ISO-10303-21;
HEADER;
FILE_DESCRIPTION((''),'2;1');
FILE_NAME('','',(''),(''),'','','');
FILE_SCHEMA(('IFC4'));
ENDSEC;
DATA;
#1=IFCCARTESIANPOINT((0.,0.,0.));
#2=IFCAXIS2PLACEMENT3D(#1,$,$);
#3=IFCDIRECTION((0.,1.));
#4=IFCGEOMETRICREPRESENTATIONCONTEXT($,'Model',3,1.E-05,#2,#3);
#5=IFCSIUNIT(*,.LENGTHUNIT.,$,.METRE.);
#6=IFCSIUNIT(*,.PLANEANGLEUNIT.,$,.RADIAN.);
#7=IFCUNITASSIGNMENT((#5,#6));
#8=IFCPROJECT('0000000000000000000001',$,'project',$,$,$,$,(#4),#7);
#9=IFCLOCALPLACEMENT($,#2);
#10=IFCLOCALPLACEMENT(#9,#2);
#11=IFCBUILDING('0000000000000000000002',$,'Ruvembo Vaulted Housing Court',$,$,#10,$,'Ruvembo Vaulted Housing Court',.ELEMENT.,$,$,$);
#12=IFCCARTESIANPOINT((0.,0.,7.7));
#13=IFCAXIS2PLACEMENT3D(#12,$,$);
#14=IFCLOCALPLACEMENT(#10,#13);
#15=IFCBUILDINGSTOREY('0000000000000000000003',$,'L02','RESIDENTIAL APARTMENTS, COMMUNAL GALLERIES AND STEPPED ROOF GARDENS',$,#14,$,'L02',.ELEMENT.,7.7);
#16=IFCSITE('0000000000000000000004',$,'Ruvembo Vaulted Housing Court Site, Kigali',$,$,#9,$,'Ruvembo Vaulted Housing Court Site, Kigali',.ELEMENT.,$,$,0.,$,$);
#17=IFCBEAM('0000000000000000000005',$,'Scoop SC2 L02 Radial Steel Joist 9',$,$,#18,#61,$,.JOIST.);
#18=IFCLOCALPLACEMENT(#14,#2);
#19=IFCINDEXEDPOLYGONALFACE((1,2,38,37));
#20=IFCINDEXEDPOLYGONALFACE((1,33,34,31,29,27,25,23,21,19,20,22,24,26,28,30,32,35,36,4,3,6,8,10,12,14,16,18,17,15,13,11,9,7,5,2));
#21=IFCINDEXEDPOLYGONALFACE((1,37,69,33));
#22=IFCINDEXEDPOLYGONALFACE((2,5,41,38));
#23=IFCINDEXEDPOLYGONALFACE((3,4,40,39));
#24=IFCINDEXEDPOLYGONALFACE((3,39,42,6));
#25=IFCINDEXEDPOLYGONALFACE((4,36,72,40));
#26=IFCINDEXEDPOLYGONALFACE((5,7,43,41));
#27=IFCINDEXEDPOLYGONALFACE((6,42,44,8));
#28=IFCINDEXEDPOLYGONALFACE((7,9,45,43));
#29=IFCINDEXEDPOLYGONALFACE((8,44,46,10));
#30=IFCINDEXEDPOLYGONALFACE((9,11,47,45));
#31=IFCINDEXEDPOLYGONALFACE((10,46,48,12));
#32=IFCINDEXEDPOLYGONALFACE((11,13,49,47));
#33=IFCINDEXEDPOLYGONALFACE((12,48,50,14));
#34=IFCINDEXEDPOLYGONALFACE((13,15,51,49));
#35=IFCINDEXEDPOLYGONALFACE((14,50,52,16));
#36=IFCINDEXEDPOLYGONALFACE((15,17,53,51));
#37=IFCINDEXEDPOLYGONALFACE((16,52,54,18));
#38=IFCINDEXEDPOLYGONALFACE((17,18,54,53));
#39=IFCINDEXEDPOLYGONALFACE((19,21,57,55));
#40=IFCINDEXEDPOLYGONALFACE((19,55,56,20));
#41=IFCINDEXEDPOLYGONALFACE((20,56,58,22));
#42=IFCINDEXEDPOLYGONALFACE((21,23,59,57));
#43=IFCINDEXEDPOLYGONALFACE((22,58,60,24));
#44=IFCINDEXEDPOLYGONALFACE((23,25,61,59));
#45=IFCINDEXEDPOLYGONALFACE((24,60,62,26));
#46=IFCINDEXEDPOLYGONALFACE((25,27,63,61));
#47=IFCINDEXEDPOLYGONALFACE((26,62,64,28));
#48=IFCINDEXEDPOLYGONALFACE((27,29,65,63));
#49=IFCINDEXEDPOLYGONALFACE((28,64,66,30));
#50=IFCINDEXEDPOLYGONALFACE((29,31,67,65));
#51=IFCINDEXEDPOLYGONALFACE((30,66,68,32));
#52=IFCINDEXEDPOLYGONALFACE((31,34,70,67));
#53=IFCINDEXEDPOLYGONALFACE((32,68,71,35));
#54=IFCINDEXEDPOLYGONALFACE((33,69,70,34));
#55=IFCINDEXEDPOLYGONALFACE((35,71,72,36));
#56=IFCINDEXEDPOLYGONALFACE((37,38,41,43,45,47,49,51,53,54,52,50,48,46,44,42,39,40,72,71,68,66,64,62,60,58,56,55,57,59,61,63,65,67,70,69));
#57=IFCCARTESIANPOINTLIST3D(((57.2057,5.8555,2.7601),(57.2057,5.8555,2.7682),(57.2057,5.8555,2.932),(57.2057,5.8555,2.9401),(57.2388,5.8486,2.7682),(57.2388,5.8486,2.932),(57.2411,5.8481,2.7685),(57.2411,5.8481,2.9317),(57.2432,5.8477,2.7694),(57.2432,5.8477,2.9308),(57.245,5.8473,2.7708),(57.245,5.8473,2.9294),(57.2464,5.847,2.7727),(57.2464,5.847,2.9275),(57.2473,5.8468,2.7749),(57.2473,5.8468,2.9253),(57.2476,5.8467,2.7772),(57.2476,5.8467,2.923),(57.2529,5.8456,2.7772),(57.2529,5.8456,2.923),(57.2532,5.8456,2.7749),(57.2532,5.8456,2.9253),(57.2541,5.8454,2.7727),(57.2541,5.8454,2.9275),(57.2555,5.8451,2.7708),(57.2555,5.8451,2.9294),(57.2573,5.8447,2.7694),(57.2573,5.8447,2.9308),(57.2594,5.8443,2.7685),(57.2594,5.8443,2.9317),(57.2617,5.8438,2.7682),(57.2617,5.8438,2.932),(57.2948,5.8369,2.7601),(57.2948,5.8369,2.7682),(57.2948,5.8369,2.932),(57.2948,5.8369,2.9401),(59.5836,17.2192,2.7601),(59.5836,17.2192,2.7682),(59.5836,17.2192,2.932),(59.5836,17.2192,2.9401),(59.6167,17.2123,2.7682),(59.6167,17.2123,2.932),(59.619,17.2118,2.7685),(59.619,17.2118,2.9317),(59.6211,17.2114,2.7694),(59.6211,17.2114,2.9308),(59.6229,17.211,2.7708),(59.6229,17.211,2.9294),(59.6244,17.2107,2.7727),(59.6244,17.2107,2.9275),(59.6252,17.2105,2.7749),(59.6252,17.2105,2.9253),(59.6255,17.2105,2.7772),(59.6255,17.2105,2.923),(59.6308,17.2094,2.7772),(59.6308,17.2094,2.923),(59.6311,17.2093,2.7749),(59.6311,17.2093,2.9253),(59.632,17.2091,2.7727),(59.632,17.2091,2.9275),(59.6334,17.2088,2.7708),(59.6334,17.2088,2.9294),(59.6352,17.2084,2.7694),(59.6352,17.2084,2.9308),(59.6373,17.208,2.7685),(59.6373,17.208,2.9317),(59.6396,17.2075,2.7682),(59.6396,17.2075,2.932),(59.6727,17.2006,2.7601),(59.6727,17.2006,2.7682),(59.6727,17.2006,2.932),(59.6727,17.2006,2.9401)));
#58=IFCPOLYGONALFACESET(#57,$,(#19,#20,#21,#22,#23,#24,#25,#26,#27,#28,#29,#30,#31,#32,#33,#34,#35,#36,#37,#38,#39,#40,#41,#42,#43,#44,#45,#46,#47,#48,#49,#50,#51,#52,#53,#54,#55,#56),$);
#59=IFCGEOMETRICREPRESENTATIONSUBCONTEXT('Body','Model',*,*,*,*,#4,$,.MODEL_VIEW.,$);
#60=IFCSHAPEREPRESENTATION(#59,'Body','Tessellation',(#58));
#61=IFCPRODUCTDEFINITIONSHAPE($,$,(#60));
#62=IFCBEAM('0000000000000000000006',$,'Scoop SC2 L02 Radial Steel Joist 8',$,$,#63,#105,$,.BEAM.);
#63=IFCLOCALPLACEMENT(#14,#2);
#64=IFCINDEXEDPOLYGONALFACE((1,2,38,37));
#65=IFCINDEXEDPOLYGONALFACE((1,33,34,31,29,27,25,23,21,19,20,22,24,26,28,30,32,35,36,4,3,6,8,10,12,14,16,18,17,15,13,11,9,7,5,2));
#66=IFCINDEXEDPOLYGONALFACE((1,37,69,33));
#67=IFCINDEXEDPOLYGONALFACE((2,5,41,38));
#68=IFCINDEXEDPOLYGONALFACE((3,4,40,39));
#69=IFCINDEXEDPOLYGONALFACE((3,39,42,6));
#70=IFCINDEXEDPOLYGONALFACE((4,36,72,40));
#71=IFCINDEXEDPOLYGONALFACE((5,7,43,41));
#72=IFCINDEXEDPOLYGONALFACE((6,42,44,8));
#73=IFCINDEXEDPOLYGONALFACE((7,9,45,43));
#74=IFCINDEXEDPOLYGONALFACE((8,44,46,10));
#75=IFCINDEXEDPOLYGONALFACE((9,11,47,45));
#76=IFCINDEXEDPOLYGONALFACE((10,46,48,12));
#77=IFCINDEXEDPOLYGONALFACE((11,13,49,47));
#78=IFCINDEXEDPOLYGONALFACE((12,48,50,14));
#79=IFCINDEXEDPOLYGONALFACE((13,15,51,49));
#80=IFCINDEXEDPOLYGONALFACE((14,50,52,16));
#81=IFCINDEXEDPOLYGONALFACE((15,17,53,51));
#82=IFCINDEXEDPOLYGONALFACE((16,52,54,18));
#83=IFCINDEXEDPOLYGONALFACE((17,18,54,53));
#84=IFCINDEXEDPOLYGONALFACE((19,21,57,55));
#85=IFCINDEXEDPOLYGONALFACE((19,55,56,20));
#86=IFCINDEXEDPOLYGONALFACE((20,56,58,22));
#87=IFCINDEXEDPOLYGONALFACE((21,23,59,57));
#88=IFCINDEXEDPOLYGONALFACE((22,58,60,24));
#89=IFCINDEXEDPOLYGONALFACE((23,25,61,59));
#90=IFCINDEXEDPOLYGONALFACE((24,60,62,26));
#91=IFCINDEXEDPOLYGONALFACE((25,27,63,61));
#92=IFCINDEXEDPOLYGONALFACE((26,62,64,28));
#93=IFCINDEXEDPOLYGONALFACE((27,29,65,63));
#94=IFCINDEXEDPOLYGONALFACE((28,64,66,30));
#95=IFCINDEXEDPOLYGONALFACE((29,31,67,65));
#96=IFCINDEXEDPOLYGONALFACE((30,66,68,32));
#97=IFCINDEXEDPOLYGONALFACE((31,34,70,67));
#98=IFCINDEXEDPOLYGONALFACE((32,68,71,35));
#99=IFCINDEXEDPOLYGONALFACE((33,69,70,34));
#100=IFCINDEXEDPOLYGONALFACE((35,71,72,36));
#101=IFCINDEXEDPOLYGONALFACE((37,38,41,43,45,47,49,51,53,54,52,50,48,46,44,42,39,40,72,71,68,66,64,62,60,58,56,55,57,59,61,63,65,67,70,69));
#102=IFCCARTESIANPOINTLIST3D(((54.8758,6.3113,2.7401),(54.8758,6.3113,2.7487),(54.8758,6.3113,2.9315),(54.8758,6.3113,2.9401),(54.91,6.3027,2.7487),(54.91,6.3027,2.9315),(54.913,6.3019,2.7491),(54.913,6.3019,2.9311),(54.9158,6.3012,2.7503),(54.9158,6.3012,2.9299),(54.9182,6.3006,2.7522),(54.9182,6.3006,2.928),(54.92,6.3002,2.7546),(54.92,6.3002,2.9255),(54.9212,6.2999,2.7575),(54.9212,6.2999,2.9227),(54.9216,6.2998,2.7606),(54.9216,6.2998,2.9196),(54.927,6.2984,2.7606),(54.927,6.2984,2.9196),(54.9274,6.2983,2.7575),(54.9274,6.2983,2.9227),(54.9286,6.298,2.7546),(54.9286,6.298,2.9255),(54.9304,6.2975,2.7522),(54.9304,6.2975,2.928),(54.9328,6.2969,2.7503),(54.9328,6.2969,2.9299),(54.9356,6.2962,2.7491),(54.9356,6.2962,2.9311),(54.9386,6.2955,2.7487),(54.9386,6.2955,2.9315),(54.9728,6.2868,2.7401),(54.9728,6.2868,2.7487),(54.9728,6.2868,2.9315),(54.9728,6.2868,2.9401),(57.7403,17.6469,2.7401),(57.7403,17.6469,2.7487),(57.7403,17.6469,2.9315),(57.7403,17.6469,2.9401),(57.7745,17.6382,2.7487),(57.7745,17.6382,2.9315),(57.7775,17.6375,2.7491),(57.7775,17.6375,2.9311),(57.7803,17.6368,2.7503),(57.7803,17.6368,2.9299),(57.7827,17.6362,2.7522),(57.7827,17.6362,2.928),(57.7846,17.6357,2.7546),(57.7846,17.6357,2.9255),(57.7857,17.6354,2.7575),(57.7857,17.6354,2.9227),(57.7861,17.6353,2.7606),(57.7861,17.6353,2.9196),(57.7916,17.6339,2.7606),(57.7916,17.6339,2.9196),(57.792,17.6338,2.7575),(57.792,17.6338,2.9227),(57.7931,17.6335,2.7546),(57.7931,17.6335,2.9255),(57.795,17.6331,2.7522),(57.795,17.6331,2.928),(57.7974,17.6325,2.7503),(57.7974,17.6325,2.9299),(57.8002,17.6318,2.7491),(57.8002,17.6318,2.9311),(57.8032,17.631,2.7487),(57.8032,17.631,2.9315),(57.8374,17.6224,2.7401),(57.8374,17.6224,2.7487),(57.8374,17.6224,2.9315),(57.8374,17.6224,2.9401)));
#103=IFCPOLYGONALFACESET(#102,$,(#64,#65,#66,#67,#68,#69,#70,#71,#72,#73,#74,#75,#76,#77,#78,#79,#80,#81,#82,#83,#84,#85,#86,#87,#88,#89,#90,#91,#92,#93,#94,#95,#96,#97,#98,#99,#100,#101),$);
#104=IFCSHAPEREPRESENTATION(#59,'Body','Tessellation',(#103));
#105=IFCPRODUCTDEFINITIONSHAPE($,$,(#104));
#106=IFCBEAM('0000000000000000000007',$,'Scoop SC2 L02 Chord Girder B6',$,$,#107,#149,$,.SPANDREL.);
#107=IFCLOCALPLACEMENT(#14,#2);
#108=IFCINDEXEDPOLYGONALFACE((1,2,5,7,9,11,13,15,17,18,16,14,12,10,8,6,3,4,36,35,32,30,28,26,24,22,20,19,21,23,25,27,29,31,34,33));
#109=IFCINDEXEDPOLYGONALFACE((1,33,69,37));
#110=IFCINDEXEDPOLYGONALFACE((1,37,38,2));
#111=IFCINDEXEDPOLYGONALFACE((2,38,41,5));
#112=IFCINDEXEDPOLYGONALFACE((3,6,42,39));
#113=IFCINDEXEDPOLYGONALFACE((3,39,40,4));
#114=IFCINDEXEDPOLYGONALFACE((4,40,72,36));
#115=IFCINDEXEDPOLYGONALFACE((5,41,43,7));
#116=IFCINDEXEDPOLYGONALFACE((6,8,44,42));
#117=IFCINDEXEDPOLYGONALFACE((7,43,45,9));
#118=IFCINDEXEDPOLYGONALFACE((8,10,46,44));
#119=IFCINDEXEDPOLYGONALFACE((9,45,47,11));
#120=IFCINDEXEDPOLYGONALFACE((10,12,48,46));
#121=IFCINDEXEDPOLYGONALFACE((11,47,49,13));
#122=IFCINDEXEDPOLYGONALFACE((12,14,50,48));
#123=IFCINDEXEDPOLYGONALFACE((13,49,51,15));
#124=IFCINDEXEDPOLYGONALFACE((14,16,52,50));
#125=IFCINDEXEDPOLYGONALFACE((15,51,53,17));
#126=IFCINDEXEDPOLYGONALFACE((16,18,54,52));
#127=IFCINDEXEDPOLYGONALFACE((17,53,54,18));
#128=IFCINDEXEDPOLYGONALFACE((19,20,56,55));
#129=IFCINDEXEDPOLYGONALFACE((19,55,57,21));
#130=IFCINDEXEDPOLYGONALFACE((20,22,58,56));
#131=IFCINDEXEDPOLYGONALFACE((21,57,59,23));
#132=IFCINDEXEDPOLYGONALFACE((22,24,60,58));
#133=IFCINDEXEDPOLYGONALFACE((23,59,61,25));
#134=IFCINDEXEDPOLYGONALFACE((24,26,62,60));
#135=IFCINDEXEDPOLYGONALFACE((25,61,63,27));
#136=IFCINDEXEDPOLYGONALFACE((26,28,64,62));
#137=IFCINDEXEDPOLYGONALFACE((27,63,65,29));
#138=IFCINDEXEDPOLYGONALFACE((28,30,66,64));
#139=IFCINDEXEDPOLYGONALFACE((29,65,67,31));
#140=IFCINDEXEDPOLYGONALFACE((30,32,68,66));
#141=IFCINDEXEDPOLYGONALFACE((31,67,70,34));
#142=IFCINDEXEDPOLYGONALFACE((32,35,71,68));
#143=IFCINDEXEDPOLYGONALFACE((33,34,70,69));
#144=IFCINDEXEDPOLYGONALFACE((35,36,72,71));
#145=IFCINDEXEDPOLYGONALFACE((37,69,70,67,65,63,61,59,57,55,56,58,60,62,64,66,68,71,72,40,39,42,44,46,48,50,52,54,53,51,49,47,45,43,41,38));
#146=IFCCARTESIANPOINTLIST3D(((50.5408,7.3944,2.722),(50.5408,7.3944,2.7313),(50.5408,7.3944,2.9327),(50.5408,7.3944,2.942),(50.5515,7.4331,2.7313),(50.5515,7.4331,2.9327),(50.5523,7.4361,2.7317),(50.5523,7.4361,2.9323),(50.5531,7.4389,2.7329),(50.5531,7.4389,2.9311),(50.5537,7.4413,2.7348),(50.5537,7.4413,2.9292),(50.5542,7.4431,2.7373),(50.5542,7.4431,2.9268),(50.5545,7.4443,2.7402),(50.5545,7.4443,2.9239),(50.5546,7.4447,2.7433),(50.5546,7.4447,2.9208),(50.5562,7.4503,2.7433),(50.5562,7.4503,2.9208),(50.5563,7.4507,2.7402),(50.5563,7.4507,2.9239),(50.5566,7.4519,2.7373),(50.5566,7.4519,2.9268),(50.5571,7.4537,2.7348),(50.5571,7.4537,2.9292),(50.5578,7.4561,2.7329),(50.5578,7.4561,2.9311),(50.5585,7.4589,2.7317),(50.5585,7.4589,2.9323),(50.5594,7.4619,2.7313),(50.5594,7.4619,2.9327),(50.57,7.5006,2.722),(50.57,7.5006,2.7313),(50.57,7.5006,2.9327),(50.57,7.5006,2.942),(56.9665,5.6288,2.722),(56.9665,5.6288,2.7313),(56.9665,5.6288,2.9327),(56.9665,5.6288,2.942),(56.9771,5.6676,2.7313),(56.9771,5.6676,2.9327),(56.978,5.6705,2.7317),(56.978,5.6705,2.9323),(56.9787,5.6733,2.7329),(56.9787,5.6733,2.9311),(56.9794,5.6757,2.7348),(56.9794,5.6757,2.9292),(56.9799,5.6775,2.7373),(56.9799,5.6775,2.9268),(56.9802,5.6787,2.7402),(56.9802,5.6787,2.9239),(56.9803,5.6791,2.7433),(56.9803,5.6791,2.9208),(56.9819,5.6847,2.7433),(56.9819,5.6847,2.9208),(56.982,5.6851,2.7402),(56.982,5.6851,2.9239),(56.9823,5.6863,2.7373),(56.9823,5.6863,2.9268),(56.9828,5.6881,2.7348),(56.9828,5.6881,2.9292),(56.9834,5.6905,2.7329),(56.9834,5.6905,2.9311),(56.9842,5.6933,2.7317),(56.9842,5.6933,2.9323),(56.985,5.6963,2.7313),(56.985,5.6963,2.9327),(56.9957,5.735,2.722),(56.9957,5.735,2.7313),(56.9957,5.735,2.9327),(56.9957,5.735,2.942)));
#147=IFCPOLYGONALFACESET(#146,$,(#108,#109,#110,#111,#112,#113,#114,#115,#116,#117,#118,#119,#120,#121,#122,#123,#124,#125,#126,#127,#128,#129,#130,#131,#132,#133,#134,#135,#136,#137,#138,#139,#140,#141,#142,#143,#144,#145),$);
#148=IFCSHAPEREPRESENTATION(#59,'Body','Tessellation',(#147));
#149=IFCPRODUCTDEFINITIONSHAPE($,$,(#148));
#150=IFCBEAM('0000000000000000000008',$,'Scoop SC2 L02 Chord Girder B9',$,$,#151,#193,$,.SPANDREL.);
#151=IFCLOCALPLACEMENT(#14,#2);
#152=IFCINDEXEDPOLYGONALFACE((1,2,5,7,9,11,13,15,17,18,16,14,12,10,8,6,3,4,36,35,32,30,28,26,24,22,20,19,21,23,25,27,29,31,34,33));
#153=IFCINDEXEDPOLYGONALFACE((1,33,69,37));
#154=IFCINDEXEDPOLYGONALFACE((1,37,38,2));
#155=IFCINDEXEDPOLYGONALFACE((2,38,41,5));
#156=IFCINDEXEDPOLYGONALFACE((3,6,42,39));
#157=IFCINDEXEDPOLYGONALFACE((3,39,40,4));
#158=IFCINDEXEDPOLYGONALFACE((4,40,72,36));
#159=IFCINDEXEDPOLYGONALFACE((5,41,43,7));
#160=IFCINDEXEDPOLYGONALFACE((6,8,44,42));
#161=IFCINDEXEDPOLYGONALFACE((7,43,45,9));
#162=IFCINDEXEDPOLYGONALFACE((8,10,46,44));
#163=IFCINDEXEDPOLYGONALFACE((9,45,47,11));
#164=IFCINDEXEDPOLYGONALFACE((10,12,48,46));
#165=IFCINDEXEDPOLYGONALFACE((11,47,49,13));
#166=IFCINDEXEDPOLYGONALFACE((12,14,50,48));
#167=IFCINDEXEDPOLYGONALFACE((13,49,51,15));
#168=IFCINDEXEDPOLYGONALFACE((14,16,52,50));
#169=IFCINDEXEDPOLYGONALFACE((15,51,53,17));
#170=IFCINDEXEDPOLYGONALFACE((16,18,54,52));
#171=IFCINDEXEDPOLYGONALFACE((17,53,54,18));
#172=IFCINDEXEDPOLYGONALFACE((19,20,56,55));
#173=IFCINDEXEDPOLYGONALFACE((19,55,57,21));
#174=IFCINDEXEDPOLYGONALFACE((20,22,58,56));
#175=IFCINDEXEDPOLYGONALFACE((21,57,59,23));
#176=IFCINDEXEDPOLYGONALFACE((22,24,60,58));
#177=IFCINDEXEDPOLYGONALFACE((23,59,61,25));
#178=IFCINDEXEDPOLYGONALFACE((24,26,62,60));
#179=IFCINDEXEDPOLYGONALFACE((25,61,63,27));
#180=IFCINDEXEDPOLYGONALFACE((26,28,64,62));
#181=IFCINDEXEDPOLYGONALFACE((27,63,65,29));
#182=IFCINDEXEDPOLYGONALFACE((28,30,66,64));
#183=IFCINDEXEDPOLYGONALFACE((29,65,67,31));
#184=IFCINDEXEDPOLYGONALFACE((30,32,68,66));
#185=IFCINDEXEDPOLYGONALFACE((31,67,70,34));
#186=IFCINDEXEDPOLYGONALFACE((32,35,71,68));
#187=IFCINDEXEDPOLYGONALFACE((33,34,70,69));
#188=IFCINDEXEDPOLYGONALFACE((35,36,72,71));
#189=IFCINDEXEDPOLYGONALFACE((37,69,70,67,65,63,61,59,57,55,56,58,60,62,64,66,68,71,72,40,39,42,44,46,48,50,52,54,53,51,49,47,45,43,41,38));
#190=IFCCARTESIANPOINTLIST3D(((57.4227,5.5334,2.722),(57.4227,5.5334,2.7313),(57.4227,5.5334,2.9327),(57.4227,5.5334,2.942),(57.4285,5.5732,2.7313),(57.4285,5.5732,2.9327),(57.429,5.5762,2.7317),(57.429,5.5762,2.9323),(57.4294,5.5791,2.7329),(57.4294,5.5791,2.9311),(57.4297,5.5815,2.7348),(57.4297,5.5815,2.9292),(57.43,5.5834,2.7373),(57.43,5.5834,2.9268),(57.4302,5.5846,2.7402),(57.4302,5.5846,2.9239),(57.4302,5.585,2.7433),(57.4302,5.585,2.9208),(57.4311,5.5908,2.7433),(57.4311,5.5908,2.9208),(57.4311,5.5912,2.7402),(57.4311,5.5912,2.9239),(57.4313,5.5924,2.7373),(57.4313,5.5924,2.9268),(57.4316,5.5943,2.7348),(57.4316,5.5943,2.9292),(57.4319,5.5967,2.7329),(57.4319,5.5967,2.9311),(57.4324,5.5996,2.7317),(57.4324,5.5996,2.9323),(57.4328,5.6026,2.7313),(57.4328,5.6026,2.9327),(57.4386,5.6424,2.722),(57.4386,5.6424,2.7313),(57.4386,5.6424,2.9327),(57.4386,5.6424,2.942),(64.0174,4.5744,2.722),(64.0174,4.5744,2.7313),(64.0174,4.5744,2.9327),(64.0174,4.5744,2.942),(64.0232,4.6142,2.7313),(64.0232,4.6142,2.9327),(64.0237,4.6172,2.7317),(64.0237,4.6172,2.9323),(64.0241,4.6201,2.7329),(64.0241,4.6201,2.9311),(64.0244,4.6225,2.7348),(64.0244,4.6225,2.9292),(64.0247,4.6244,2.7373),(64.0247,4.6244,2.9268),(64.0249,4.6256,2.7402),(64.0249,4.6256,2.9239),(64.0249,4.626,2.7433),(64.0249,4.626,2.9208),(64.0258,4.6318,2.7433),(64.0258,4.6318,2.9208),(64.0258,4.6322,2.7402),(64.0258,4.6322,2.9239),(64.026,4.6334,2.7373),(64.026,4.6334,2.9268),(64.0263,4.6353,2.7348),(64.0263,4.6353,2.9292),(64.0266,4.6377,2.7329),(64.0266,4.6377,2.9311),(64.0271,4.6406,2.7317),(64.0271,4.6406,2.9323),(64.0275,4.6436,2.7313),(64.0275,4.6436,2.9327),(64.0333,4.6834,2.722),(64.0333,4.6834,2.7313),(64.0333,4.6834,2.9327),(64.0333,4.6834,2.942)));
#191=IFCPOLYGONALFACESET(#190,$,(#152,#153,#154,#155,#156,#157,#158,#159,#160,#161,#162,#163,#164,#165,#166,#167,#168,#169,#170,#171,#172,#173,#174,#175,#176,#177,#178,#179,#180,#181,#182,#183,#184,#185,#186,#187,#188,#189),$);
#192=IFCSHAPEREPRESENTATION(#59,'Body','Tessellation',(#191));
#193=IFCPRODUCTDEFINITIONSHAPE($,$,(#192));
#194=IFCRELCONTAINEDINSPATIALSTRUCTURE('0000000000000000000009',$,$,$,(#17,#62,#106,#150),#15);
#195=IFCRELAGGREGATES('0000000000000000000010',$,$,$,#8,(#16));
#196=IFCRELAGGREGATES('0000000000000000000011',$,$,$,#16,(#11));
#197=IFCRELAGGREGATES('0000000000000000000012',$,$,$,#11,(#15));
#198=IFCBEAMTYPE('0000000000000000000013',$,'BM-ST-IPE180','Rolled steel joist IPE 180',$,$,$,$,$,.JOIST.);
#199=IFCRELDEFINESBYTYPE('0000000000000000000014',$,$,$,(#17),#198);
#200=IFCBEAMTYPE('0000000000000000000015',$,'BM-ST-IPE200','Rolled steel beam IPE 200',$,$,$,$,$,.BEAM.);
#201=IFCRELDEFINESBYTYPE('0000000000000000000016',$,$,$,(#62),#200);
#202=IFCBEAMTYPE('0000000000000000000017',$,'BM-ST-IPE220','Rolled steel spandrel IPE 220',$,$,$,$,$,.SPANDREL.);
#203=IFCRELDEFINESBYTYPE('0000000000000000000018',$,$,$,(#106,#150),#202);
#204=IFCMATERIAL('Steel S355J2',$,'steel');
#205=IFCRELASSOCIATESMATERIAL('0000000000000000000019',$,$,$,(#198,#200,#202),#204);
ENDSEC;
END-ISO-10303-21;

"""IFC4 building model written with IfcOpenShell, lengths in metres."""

from ifc_helpers import new_model, si_unit, direction, frame, origin, origin_2d, place, context, subcontext, project, spatial, i_section, extrude, material, material_profile, profile_set, type_object, element, save


model = new_model("IFC4")

# Units and contexts
model_context = context("Model", 3, precision=1e-05, world=origin(), true_north=direction((0.0, 1.0)))
body_context = subcontext(model_context, "Body", "Model", "MODEL_VIEW")
ifc_project = project(units=[si_unit("LENGTHUNIT", "METRE"), si_unit("PLANEANGLEUNIT", "RADIAN")], contexts=[model_context])

# Site, building, storey
site_placement = place(None, origin())
site = spatial("IfcSite", under=ifc_project, at=site_placement, Name="Ruvembo Vaulted Housing Court Site, Kigali", LongName="Ruvembo Vaulted Housing Court Site, Kigali", CompositionType="ELEMENT", RefElevation=0.0)
building_placement = place(site_placement, origin())
building = spatial("IfcBuilding", under=site, at=building_placement, Name="Ruvembo Vaulted Housing Court", LongName="Ruvembo Vaulted Housing Court", CompositionType="ELEMENT")
storey_placement = place(building_placement, frame((0.0, 0.0, 7.7)))
storey = spatial("IfcBuildingStorey", under=building, at=storey_placement, Name="L02", Description="RESIDENTIAL APARTMENTS, COMMUNAL GALLERIES AND STEPPED ROOF GARDENS", LongName="L02", CompositionType="ELEMENT", Elevation=7.7)

# Beams
ifc_material_1 = material(Name="Steel S355J2", Category="steel")
ifc_material_profile_1 = material_profile(ifc_material_1, i_section(OverallWidth=0.0911, OverallDepth=0.1799, WebThickness=0.0054, FlangeThickness=0.0081, FilletRadius=0.009, at=origin_2d()), Name="IPE 180")
ifc_profile_set_1 = profile_set([ifc_material_profile_1], Name="Steel S355J2")
beam_type_1 = type_object("IfcBeamType", Name="BM-ST-IPE180", Description="Rolled steel joist IPE 180", PredefinedType="JOIST", material=ifc_profile_set_1)
for number, where, z_axis, x_axis, name in (
    (1, (57.2502, 5.8462, 2.8501), (0.204819, 0.9788, 0.0), (-0.9788, 0.204819, 0.0), "Scoop SC2 L02 Radial Steel Joist 9"),
):
    element("IfcBeam", number, at=place(storey_placement, frame(where, z_axis=z_axis, x_axis=x_axis)), inside=storey, type_object=beam_type_1, Name=name, PredefinedType="JOIST", context=body_context, shape_type="SweptSolid", body=[
        extrude(i_section(OverallWidth=0.0911, OverallDepth=0.1799, WebThickness=0.0054, FlangeThickness=0.0081, FilletRadius=0.009, at=origin_2d()), origin(), (0.0, 0.0, 1.0), 11.6099),
    ])
ifc_material_profile_2 = material_profile(ifc_material_1, i_section(OverallWidth=0.1001, OverallDepth=0.2, WebThickness=0.0056, FlangeThickness=0.0085, FilletRadius=0.012, at=origin_2d()), Name="IPE 200")
ifc_profile_set_2 = profile_set([ifc_material_profile_2], Name="Steel S355J2")
beam_type_2 = type_object("IfcBeamType", Name="BM-ST-IPE200", Description="Rolled steel beam IPE 200", PredefinedType="BEAM", material=ifc_profile_set_2)
beam_1_placement = place(storey_placement, frame((54.9243, 6.2991, 2.8401), z_axis=(0.245001, 0.969523, 0.0), x_axis=(-0.969523, 0.245001, 0.0)))
element("IfcBeam", 2, at=beam_1_placement, inside=storey, type_object=beam_type_2, Name="Scoop SC2 L02 Radial Steel Joist 8", PredefinedType="BEAM", context=body_context, shape_type="SweptSolid", body=[
    extrude(i_section(OverallWidth=0.1001, OverallDepth=0.2, WebThickness=0.0056, FlangeThickness=0.0085, FilletRadius=0.012, at=origin_2d()), origin(), (0.0, 0.0, 1.0), 11.6919),
])
ifc_material_profile_3 = material_profile(ifc_material_1, i_section(OverallWidth=0.1101, OverallDepth=0.22, WebThickness=0.0059, FlangeThickness=0.0093, FilletRadius=0.012, at=origin_2d()), Name="IPE 220")
ifc_profile_set_3 = profile_set([ifc_material_profile_3], Name="Steel S355J2")
beam_type_3 = type_object("IfcBeamType", Name="BM-ST-IPE220", Description="Rolled steel spandrel IPE 220", PredefinedType="SPANDREL", material=ifc_profile_set_3)
beam_2_placement = place(storey_placement, frame((50.5554, 7.4475, 2.832), z_axis=(0.964262, -0.264952, 0.0), x_axis=(0.264952, 0.964262, 0.0)))
element("IfcBeam", 3, at=beam_2_placement, inside=storey, type_object=beam_type_3, Name="Scoop SC2 L02 Chord Girder B6", PredefinedType="SPANDREL", context=body_context, shape_type="SweptSolid", body=[
    extrude(i_section(OverallWidth=0.1101, OverallDepth=0.22, WebThickness=0.0059, FlangeThickness=0.0093, FilletRadius=0.012, at=origin_2d()), origin(), (0.0, 0.0, 1.0), 6.6638),
])
beam_3_placement = place(storey_placement, frame((57.4307, 5.5879, 2.832), z_axis=(0.989592, -0.143903, 0.0), x_axis=(0.143903, 0.989592, 0.0)))
element("IfcBeam", 4, at=beam_3_placement, inside=storey, type_object=beam_type_3, Name="Scoop SC2 L02 Chord Girder B9", PredefinedType="SPANDREL", context=body_context, shape_type="SweptSolid", body=[
    extrude(i_section(OverallWidth=0.1101, OverallDepth=0.22, WebThickness=0.0059, FlangeThickness=0.0093, FilletRadius=0.012, at=origin_2d()), origin(), (0.0, 0.0, 1.0), 6.6641),
])

save(model, "model.ifc")
